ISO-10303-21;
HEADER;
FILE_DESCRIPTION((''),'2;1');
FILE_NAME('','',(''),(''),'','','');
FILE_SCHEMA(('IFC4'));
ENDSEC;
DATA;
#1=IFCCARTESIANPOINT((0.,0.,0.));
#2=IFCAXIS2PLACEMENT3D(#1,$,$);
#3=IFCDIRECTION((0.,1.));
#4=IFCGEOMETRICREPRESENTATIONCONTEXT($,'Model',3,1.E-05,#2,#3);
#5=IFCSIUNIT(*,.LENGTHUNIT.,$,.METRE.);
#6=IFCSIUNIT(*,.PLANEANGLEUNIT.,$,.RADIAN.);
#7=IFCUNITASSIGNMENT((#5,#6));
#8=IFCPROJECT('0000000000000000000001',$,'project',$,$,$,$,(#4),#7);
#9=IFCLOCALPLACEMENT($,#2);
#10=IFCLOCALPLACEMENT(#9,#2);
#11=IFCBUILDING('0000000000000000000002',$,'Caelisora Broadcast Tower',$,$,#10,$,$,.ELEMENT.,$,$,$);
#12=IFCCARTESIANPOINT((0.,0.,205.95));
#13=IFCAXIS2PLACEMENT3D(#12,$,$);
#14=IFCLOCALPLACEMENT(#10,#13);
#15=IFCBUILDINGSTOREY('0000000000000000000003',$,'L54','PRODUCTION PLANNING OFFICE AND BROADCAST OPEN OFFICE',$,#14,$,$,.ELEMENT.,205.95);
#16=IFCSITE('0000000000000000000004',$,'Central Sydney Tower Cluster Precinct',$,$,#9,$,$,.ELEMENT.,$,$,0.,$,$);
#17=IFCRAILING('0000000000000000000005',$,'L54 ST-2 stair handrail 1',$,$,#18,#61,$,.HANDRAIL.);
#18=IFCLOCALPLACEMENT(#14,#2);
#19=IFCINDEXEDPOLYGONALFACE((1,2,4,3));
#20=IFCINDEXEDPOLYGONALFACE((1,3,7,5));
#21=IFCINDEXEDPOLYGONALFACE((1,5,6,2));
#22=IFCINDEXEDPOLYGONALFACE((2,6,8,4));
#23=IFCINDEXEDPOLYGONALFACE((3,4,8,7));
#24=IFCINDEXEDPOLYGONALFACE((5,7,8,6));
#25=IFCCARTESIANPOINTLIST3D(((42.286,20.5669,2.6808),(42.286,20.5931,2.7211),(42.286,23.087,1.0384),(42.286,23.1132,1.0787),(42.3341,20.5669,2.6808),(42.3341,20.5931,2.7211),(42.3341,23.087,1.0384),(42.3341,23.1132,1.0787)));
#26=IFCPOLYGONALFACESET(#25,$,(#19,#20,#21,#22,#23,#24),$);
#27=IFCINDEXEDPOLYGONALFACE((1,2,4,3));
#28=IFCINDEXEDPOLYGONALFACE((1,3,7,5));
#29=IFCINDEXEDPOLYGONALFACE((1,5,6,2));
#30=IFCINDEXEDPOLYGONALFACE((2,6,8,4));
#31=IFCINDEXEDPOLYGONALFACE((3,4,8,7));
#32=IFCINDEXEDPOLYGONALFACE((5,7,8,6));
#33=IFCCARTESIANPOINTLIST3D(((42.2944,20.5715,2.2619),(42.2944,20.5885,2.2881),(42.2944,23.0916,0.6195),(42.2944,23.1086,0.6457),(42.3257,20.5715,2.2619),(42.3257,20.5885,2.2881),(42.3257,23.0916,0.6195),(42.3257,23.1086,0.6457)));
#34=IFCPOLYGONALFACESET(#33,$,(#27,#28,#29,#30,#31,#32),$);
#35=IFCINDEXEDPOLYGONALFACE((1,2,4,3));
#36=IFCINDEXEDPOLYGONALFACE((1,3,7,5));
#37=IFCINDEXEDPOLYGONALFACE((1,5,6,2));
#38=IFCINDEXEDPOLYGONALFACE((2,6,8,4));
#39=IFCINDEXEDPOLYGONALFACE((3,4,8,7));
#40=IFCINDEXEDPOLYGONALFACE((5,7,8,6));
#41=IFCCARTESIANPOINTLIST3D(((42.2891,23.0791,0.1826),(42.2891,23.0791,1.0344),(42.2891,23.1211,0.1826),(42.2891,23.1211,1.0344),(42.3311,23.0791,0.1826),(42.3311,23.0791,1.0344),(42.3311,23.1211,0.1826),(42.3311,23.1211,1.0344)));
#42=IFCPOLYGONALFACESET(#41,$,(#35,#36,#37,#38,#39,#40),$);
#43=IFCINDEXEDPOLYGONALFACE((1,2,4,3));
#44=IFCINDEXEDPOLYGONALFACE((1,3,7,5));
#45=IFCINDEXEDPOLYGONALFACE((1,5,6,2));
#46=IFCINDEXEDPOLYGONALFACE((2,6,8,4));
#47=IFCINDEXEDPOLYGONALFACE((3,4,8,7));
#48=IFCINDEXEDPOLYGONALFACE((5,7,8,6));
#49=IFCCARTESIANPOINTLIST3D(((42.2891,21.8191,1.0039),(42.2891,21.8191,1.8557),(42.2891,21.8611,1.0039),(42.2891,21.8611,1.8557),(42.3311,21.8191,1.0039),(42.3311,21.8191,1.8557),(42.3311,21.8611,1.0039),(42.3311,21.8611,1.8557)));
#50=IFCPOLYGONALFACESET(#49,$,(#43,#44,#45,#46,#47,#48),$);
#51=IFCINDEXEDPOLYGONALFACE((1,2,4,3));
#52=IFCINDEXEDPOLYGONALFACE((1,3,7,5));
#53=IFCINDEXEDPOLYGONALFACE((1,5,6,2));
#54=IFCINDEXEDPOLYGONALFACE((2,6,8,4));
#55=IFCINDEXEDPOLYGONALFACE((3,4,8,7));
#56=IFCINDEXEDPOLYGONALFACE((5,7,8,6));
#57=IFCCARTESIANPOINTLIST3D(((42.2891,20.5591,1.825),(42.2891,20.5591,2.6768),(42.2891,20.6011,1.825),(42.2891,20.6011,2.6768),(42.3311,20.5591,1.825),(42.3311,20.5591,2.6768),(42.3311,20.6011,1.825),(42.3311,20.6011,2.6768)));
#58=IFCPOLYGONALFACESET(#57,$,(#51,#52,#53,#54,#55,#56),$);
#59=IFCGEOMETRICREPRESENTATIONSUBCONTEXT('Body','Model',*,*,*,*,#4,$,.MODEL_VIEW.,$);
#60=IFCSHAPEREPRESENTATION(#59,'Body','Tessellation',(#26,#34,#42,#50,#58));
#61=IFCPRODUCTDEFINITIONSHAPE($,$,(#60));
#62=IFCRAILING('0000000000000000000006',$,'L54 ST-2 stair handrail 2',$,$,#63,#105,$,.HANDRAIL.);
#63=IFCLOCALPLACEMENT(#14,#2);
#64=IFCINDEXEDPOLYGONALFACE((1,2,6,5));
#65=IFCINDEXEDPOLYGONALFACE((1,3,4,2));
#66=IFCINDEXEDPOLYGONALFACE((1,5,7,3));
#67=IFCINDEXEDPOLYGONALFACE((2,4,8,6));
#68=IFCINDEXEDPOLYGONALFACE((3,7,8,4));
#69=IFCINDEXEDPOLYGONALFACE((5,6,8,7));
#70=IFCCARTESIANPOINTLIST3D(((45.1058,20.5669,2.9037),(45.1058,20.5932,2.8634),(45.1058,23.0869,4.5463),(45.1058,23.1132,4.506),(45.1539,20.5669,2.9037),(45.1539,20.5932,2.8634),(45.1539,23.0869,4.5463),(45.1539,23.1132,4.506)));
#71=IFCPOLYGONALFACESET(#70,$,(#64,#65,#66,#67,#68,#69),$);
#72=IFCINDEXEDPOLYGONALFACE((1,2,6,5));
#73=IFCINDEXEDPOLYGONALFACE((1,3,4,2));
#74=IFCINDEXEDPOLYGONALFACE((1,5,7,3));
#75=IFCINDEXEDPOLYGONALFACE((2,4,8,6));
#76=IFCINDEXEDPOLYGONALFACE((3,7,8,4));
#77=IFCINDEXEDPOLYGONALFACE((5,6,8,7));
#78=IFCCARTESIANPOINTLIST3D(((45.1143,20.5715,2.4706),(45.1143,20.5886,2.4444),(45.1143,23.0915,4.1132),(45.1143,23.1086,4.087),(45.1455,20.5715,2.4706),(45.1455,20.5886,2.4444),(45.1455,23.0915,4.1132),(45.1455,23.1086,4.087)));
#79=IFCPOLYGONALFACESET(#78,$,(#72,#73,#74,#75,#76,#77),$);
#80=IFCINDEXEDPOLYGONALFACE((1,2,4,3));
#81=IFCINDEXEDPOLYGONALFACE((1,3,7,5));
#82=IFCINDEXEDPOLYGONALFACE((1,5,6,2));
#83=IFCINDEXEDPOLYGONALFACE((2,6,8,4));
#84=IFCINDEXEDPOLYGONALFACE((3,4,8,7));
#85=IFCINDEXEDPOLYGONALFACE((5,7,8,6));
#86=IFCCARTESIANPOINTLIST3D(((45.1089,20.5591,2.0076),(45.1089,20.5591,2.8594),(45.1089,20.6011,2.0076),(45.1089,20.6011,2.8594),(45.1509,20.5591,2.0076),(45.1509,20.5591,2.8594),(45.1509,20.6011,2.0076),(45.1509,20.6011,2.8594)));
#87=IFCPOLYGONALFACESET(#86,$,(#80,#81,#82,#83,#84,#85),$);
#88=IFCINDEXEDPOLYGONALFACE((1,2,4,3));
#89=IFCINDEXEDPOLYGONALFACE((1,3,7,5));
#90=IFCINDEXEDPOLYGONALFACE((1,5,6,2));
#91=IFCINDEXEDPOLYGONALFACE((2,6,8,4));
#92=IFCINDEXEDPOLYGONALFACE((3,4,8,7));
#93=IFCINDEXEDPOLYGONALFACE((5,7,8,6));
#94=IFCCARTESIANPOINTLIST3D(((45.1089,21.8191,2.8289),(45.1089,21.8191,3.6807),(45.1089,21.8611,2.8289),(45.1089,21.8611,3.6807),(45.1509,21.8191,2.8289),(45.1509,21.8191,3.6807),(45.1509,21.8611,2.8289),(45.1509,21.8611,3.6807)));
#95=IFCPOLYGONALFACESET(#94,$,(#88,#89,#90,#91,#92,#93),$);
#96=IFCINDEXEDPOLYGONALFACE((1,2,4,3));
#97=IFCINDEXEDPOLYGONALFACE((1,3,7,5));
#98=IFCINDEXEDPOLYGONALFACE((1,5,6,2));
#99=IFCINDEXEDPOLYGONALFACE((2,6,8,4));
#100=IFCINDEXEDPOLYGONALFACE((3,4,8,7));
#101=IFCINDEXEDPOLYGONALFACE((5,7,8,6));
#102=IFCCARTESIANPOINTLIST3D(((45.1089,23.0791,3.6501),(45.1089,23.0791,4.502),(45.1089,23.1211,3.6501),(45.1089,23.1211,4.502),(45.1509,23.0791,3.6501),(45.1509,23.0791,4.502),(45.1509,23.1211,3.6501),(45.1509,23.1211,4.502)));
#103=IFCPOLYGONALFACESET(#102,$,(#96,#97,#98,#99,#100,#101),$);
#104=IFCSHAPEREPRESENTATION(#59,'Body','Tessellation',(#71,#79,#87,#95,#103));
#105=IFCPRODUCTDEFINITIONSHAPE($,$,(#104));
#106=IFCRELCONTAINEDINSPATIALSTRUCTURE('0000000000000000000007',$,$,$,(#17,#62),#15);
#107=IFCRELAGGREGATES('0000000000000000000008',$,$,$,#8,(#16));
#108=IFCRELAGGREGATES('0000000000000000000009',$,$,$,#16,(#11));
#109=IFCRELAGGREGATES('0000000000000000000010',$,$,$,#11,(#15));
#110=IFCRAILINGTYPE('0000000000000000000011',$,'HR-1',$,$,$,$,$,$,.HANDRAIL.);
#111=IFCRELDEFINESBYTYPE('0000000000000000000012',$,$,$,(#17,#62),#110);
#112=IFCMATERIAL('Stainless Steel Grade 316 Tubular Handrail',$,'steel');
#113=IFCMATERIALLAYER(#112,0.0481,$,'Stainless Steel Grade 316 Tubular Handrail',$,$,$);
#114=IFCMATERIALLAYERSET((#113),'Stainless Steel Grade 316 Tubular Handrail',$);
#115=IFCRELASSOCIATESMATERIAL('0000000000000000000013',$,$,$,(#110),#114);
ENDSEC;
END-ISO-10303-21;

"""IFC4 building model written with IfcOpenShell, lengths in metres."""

from ifc_helpers import new_model, si_unit, direction, frame, origin, origin_2d, place, context, subcontext, project, spatial, rectangle, extrude, material, layer, layer_set, type_object, element, save


model = new_model("IFC4")

# Units and contexts
model_context = context("Model", 3, precision=1e-05, world=origin(), true_north=direction((0.0, 1.0)))
body_context = subcontext(model_context, "Body", "Model", "MODEL_VIEW")
ifc_project = project(units=[si_unit("LENGTHUNIT", "METRE"), si_unit("PLANEANGLEUNIT", "RADIAN")], contexts=[model_context])

# Site, building, storey
site_placement = place(None, origin())
site = spatial("IfcSite", under=ifc_project, at=site_placement, Name="Central Sydney Tower Cluster Precinct", CompositionType="ELEMENT", RefElevation=0.0)
building_placement = place(site_placement, origin())
building = spatial("IfcBuilding", under=site, at=building_placement, Name="Caelisora Broadcast Tower", CompositionType="ELEMENT")
storey_placement = place(building_placement, frame((0.0, 0.0, 205.95)))
storey = spatial("IfcBuildingStorey", under=building, at=storey_placement, Name="L54", Description="PRODUCTION PLANNING OFFICE AND BROADCAST OPEN OFFICE", CompositionType="ELEMENT", Elevation=205.95)

# Railings
ifc_material_1 = material(Name="Stainless Steel Grade 316 Tubular Handrail", Category="steel")
ifc_layer_1 = layer(ifc_material_1, 0.0481, Name="Stainless Steel Grade 316 Tubular Handrail")
ifc_layer_set_1 = layer_set([ifc_layer_1], Name="Stainless Steel Grade 316 Tubular Handrail")
railing_type_1 = type_object("IfcRailingType", Name="HR-1", PredefinedType="HANDRAIL", material=ifc_layer_set_1)
railing_1_placement = place(storey_placement, frame((42.3101, 23.1001, 0.1826)))
element("IfcRailing", 1, at=railing_1_placement, inside=storey, type_object=railing_type_1, Name="L54 ST-2 stair handrail 1", PredefinedType="HANDRAIL", context=body_context, shape_type="SweptSolid", body=[
    extrude(rectangle(XDim=0.0481, YDim=0.0481, at=origin_2d()), frame((0.0, 0.0, 0.876), z_axis=(0.0, -0.837787, 0.545998), x_axis=(1.0, 0.0, 0.0)), (0.0, 0.0, 1.0), 3.0081),
    extrude(rectangle(XDim=0.0312, YDim=0.0312, at=origin_2d()), frame((0.0, 0.0, 0.45), z_axis=(0.0, -0.837787, 0.545998), x_axis=(1.0, 0.0, 0.0)), (0.0, 0.0, 1.0), 3.0081),
    extrude(rectangle(XDim=0.042, YDim=0.042, at=origin_2d()), origin(), (0.0, 0.0, 1.0), 0.8518),
    extrude(rectangle(XDim=0.042, YDim=0.042, at=origin_2d()), frame((0.0, -1.26, 0.8213)), (0.0, 0.0, 1.0), 0.8518),
    extrude(rectangle(XDim=0.042, YDim=0.042, at=origin_2d()), frame((0.0, -2.52, 1.6423)), (0.0, 0.0, 1.0), 0.8518),
])
railing_2_placement = place(storey_placement, frame((45.1299, 20.5801, 2.0076)))
element("IfcRailing", 2, at=railing_2_placement, inside=storey, type_object=railing_type_1, Name="L54 ST-2 stair handrail 2", PredefinedType="HANDRAIL", context=body_context, shape_type="SweptSolid", body=[
    extrude(rectangle(XDim=0.0481, YDim=0.0481, at=origin_2d()), frame((0.0, 0.0, 0.876), z_axis=(0.0, 0.837749, 0.546055), x_axis=(-1.0, 0.0, 0.0)), (0.0, 0.0, 1.0), 3.0081),
    extrude(rectangle(XDim=0.0312, YDim=0.0312, at=origin_2d()), frame((0.0, 0.0, 0.45), z_axis=(0.0, 0.837749, 0.546055), x_axis=(-1.0, 0.0, 0.0)), (0.0, 0.0, 1.0), 3.0081),
    extrude(rectangle(XDim=0.042, YDim=0.042, at=origin_2d()), origin(), (0.0, 0.0, 1.0), 0.8518),
    extrude(rectangle(XDim=0.042, YDim=0.042, at=origin_2d()), frame((0.0, 1.26, 0.8213)), (0.0, 0.0, 1.0), 0.8518),
    extrude(rectangle(XDim=0.042, YDim=0.042, at=origin_2d()), frame((0.0, 2.52, 1.6426)), (0.0, 0.0, 1.0), 0.8518),
])

save(model, "model.ifc")
